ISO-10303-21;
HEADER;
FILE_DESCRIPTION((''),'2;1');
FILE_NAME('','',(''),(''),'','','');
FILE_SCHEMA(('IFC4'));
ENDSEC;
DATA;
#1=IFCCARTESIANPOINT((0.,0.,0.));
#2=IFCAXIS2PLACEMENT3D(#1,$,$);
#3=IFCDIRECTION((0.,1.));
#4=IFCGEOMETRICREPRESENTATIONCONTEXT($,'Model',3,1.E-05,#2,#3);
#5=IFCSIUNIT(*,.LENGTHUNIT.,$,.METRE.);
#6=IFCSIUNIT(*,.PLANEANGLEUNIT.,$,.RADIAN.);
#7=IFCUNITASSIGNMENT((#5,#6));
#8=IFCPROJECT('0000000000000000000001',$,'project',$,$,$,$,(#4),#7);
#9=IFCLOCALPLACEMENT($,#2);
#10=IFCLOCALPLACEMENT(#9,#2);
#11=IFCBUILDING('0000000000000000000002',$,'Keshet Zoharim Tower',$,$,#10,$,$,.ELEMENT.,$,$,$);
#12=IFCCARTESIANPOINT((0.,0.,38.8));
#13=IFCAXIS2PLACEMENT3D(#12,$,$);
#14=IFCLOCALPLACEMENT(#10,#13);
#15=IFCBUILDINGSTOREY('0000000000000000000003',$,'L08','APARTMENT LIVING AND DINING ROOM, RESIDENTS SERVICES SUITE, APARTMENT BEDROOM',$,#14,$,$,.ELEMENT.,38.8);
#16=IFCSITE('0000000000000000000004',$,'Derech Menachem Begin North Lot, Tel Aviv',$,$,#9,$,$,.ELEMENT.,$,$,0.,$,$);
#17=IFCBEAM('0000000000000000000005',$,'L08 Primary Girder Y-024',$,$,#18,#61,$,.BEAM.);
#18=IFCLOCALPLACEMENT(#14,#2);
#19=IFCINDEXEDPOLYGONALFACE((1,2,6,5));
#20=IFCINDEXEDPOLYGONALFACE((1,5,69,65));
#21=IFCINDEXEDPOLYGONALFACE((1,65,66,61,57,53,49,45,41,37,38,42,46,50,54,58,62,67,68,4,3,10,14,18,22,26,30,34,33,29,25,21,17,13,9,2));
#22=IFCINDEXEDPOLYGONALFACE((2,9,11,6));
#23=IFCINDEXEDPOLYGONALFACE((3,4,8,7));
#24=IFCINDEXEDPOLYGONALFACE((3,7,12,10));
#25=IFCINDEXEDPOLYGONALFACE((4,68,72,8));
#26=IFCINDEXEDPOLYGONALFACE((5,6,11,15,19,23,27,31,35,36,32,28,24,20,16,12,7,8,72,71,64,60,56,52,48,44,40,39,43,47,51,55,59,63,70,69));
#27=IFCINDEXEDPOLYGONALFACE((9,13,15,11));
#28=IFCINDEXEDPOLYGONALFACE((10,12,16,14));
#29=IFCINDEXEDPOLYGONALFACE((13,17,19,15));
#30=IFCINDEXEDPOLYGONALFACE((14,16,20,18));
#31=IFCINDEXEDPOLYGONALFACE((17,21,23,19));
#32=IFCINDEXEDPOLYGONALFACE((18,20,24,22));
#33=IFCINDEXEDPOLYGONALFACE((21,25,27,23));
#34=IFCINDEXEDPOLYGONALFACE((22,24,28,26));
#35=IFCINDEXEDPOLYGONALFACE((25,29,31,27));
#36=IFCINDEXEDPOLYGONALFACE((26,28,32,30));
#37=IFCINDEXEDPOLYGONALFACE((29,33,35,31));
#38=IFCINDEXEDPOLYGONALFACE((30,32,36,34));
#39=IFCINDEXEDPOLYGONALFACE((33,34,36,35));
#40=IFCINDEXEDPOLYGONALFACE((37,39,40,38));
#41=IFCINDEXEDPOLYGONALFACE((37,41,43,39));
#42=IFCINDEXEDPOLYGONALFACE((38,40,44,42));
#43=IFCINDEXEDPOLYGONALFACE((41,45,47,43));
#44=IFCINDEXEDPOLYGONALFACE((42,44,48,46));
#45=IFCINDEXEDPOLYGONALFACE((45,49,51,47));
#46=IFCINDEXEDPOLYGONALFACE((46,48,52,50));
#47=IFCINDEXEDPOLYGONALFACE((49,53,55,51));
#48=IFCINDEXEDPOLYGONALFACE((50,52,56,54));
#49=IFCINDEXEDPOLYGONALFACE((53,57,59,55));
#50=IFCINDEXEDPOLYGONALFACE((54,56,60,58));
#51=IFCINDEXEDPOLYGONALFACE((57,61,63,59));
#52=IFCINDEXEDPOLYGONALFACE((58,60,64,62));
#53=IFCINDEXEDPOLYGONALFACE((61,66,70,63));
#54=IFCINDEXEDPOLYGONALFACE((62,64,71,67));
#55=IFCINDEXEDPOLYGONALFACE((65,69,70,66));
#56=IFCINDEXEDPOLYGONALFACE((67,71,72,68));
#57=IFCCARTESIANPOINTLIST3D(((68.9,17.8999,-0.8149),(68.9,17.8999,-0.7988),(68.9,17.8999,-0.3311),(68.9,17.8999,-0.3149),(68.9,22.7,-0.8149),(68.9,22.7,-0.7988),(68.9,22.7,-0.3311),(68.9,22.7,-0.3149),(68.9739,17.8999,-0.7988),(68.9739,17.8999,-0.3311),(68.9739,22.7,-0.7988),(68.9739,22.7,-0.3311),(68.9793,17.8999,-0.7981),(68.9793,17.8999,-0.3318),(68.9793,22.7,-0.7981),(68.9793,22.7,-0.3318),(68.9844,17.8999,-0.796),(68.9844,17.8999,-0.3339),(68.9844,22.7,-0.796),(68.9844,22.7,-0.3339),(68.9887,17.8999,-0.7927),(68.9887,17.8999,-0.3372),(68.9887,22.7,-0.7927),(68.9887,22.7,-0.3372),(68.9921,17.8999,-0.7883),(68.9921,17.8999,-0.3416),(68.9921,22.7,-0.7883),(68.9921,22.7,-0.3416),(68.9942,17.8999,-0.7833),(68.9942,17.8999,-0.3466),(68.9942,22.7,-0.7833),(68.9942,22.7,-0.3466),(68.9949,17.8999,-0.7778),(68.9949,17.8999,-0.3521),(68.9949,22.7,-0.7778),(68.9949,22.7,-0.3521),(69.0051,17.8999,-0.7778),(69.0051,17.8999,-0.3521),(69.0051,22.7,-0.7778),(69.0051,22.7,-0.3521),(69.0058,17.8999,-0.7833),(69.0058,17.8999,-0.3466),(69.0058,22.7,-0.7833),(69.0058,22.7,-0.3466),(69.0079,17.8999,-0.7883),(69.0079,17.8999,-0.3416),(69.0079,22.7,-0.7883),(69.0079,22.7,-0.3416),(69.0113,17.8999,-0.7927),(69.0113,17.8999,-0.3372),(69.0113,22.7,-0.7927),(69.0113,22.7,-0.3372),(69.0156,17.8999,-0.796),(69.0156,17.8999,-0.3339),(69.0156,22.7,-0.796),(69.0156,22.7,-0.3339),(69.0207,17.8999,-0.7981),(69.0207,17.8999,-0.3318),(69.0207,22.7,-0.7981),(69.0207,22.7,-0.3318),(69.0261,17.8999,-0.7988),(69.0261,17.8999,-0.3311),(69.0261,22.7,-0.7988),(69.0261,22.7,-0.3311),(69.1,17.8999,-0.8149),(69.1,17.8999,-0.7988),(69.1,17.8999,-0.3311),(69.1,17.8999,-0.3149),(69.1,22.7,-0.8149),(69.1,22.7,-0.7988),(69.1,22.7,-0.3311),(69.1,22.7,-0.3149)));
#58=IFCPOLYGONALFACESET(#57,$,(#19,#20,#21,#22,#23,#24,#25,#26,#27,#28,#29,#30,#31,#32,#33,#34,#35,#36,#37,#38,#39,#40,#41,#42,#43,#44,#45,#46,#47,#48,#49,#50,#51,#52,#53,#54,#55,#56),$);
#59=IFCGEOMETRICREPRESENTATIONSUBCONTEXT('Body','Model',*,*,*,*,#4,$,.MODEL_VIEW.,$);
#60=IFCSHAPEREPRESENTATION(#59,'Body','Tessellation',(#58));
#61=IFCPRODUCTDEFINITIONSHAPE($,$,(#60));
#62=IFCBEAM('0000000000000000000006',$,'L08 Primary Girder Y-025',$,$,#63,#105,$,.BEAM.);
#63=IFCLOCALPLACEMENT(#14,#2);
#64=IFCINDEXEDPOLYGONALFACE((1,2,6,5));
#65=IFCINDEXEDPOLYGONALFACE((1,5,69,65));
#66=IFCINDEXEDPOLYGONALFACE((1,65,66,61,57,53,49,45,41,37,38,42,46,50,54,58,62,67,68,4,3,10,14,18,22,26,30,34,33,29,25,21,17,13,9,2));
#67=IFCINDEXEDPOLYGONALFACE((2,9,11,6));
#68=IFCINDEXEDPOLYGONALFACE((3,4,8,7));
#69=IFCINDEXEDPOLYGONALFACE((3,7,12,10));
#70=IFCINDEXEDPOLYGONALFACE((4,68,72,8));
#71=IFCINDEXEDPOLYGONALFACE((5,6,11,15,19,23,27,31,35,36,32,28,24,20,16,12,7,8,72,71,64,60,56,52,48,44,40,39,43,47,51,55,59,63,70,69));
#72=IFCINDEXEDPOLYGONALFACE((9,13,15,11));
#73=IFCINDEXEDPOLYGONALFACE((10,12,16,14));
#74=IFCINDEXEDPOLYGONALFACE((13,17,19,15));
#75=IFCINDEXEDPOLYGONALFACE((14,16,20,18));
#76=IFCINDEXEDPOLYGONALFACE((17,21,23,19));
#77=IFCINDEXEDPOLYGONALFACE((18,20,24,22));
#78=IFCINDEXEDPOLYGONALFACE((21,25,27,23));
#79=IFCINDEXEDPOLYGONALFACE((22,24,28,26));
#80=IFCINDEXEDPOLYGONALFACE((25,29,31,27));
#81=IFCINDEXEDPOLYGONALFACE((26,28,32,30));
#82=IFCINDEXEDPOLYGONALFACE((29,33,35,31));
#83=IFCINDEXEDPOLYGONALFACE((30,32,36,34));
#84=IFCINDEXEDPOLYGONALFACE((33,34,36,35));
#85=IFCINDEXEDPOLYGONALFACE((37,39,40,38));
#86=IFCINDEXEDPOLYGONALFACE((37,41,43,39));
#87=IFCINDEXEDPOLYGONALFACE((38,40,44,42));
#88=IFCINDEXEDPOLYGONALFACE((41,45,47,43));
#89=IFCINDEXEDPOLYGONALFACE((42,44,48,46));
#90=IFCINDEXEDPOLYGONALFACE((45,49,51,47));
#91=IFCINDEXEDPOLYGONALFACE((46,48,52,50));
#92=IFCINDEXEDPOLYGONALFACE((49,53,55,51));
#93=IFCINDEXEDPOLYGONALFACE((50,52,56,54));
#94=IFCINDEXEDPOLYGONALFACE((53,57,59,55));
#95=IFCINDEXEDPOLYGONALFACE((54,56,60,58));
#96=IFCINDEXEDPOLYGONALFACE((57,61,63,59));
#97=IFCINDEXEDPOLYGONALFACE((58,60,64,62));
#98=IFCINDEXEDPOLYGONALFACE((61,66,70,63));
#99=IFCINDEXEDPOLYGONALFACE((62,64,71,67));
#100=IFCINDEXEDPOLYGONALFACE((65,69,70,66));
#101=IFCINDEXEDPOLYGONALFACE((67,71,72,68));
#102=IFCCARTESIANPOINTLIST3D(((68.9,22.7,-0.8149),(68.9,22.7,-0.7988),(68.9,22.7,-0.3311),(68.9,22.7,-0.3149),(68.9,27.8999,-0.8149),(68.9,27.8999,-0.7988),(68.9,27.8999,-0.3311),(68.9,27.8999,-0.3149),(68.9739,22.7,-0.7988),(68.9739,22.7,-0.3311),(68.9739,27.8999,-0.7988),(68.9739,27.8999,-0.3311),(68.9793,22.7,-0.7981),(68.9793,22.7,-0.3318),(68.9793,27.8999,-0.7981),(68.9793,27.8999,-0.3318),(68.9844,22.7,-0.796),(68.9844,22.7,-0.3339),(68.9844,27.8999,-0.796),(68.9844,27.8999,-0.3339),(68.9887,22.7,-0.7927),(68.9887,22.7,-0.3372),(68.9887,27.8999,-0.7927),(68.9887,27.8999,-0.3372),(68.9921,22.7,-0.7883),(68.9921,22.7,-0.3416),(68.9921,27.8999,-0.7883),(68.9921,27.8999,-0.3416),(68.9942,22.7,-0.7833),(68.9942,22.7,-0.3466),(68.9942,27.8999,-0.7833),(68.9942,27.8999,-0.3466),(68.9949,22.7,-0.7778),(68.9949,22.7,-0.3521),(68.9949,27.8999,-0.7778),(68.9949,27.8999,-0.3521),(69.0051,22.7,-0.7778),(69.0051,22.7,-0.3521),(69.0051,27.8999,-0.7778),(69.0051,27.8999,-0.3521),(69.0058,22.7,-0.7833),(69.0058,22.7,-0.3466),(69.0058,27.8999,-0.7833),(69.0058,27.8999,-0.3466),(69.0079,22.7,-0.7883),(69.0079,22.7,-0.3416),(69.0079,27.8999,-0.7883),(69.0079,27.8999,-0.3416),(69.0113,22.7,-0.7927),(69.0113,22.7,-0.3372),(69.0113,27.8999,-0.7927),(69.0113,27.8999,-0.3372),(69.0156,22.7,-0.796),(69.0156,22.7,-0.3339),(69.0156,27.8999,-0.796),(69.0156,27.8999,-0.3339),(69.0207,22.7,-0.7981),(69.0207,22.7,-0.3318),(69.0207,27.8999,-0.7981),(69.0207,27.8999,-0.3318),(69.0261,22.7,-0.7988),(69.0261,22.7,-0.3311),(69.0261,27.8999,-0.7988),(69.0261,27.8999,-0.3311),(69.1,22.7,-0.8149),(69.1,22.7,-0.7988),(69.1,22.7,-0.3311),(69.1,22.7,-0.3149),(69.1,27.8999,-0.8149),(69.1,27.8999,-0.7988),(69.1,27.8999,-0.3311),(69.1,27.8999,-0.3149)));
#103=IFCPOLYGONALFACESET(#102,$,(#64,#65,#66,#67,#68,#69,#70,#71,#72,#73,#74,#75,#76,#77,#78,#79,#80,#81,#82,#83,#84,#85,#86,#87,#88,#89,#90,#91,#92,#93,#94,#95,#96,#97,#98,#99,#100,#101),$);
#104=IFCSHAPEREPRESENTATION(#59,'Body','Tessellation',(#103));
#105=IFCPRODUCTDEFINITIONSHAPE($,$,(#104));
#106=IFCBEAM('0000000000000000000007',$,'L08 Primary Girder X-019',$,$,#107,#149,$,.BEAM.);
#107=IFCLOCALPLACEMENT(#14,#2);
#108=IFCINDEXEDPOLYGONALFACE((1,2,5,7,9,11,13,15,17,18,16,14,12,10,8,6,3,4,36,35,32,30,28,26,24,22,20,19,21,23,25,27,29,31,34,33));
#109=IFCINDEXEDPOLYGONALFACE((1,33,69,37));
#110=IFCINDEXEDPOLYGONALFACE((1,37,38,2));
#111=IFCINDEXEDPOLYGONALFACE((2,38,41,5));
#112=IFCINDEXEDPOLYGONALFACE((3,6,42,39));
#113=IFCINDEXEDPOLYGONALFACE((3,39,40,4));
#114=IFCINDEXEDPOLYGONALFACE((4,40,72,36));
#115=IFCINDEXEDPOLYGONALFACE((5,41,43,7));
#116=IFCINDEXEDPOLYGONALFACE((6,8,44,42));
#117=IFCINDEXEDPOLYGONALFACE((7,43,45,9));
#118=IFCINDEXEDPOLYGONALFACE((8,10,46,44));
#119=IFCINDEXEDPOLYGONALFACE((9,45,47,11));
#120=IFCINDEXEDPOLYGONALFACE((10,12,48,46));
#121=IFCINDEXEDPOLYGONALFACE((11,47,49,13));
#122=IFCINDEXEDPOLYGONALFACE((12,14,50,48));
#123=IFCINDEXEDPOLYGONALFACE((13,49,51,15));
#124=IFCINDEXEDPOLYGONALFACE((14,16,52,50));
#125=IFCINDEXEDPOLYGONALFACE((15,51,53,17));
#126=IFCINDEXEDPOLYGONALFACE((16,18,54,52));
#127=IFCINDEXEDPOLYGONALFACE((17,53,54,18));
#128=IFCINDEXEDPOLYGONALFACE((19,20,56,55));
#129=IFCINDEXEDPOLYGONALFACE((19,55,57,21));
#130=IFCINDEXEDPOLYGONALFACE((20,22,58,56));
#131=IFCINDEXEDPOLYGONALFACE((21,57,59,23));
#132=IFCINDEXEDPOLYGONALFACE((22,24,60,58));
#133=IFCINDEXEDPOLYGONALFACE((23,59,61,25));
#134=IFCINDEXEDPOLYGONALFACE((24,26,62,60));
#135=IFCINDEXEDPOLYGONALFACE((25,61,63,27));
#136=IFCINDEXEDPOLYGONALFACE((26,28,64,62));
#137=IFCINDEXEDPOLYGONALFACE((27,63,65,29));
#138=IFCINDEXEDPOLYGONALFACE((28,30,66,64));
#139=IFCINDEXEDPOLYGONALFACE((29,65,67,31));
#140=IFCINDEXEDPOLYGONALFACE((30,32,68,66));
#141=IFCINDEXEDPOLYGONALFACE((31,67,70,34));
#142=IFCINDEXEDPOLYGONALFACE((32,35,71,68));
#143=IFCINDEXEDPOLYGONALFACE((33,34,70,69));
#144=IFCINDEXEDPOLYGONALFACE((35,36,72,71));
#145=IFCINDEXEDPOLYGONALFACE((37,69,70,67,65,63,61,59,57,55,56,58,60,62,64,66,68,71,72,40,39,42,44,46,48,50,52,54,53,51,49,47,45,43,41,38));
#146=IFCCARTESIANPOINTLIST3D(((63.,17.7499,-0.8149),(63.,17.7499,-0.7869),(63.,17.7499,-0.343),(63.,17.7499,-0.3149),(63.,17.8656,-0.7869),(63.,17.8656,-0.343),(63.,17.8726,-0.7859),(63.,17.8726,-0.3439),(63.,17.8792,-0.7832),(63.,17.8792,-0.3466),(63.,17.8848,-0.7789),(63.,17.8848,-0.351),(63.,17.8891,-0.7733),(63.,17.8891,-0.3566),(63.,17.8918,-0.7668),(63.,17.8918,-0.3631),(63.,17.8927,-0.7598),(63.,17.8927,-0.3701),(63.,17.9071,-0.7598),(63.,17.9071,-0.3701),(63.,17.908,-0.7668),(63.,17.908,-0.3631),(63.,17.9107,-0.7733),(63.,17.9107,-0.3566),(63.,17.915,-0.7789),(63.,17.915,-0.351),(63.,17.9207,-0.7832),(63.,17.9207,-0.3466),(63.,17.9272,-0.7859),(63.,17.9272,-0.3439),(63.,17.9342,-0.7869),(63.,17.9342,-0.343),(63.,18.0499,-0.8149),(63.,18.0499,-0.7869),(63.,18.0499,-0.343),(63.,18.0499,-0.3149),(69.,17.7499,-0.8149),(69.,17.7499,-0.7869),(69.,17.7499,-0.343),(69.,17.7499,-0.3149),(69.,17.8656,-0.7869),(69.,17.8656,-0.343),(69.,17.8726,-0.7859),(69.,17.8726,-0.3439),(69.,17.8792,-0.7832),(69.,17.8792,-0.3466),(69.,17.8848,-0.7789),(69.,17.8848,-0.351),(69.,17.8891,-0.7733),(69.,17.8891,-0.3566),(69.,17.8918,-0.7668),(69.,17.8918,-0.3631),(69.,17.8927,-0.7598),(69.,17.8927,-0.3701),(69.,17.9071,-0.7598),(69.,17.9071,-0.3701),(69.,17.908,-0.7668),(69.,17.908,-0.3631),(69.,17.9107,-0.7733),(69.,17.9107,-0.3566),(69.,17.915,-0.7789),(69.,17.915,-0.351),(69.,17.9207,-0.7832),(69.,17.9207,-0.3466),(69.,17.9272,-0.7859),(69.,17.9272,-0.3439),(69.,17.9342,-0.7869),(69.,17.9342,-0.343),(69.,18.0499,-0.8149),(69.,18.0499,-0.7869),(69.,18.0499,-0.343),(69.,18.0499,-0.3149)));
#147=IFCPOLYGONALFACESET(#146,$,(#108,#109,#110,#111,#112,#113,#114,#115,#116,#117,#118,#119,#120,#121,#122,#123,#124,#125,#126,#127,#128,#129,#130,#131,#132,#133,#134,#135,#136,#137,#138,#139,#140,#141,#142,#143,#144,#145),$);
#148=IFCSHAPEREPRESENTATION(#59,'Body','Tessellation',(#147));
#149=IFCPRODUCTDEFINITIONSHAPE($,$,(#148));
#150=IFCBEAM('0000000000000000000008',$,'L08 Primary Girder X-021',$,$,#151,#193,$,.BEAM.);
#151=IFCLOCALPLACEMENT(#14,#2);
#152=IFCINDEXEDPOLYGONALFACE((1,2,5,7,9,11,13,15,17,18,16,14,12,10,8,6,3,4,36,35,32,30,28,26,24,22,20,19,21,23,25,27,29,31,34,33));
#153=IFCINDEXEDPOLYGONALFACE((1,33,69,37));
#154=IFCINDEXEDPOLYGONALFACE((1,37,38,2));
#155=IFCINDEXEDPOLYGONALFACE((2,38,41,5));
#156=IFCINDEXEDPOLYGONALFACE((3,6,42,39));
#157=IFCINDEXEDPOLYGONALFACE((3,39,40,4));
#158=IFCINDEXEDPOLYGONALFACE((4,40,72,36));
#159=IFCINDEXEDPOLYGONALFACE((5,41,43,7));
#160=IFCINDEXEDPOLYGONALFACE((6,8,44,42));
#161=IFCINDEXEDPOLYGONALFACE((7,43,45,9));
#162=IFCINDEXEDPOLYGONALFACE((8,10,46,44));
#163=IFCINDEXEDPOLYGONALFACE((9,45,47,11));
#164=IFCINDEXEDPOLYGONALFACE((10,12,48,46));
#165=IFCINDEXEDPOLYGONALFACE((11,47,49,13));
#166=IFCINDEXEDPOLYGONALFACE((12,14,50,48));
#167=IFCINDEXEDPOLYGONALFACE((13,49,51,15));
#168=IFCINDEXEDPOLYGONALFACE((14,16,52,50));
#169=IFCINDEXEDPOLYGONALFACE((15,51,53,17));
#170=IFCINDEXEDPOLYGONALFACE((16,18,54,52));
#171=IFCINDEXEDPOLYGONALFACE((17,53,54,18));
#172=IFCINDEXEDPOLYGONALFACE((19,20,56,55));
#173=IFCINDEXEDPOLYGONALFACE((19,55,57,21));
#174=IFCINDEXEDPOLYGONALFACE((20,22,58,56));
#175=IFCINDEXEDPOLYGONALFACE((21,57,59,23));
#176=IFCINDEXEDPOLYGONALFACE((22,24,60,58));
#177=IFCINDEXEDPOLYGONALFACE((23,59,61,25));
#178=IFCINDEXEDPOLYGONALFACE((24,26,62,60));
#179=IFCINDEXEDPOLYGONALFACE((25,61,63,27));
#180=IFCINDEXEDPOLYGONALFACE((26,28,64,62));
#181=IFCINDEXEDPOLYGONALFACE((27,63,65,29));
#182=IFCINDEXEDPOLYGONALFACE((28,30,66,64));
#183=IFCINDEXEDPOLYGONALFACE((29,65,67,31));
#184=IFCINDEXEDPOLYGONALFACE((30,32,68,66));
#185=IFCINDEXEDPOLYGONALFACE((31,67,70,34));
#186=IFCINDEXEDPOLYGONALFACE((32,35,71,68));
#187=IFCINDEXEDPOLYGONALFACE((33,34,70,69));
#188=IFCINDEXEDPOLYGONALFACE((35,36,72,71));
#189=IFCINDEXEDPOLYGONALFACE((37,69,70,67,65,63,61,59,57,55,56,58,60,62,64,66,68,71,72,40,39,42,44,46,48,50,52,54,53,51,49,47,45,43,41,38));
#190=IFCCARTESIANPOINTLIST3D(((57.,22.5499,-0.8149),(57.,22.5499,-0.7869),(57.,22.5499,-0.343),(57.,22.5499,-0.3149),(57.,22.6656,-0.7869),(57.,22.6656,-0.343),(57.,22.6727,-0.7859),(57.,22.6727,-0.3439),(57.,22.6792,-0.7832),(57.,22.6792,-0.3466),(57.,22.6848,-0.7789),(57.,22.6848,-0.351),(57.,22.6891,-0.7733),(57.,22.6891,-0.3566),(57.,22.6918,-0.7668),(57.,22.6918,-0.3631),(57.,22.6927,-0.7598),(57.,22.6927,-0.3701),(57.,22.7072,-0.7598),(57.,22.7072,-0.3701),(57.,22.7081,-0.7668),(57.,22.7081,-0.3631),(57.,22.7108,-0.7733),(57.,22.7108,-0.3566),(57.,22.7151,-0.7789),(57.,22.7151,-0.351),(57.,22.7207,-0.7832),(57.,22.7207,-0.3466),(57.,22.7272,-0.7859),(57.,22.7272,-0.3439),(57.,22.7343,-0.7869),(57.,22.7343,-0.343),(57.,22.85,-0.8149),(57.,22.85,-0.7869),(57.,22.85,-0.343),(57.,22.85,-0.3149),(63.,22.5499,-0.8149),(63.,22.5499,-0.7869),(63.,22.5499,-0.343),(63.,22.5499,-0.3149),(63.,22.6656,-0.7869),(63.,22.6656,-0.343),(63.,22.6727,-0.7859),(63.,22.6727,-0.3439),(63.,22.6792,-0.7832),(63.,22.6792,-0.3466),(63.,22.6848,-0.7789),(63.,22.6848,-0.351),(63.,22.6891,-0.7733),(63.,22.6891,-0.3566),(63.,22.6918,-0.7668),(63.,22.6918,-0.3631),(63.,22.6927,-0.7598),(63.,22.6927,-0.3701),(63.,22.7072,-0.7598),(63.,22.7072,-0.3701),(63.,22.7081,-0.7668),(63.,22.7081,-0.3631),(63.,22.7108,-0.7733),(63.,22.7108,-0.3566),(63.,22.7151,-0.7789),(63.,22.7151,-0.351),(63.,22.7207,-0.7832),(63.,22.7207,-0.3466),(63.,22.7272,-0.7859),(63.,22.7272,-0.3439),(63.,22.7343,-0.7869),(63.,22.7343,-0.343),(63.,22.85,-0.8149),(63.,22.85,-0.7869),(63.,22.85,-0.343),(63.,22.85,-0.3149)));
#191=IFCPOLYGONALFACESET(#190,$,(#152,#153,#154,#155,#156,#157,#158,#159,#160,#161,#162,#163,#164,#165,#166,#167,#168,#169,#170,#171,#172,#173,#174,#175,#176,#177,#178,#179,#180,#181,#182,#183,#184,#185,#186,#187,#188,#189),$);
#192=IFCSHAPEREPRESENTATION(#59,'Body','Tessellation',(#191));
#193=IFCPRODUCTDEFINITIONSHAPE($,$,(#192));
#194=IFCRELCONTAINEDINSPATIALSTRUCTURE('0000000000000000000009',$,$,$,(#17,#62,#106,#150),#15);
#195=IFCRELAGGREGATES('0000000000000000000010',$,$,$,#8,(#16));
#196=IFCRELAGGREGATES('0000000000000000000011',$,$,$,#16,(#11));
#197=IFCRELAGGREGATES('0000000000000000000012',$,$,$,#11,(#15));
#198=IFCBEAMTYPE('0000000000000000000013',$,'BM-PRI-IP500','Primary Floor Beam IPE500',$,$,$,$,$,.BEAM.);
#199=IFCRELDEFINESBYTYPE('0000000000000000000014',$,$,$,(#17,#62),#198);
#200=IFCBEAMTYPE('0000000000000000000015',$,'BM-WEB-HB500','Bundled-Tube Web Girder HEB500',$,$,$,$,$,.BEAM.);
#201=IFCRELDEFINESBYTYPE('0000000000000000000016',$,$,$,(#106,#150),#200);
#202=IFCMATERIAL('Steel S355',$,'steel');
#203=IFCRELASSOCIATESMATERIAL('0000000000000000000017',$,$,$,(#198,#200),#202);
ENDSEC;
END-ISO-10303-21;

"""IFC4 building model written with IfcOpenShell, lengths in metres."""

from ifc_helpers import new_model, si_unit, direction, frame, origin, origin_2d, place, context, subcontext, project, spatial, i_section, extrude, material, material_profile, profile_set, type_object, element, save


model = new_model("IFC4")

# Units and contexts
model_context = context("Model", 3, precision=1e-05, world=origin(), true_north=direction((0.0, 1.0)))
body_context = subcontext(model_context, "Body", "Model", "MODEL_VIEW")
ifc_project = project(units=[si_unit("LENGTHUNIT", "METRE"), si_unit("PLANEANGLEUNIT", "RADIAN")], contexts=[model_context])

# Site, building, storey
site_placement = place(None, origin())
site = spatial("IfcSite", under=ifc_project, at=site_placement, Name="Derech Menachem Begin North Lot, Tel Aviv", CompositionType="ELEMENT", RefElevation=0.0)
building_placement = place(site_placement, origin())
building = spatial("IfcBuilding", under=site, at=building_placement, Name="Keshet Zoharim Tower", CompositionType="ELEMENT")
storey_placement = place(building_placement, frame((0.0, 0.0, 38.8)))
storey = spatial("IfcBuildingStorey", under=building, at=storey_placement, Name="L08", Description="APARTMENT LIVING AND DINING ROOM, RESIDENTS SERVICES SUITE, APARTMENT BEDROOM", CompositionType="ELEMENT", Elevation=38.8)

# Shared definitions
ifc_material_1 = material(Name="Steel S355", Category="steel")

# Beams
ifc_material_profile_1 = material_profile(ifc_material_1, i_section(OverallWidth=0.2, OverallDepth=0.5, WebThickness=0.0103, FlangeThickness=0.0161, FilletRadius=0.021, at=origin_2d()), Name="IPE500")
ifc_profile_set_1 = profile_set([ifc_material_profile_1], Name="Steel S355")
beam_type_1 = type_object("IfcBeamType", Name="BM-PRI-IP500", Description="Primary Floor Beam IPE500", PredefinedType="BEAM", material=ifc_profile_set_1)
for number, where, z_axis, x_axis, name in (
    (1, (69.0, 17.8999, -0.5649), (0.0, 1.0, 0.0), (-1.0, 0.0, 0.0), "L08 Primary Girder Y-024"),
):
    element("IfcBeam", number, at=place(storey_placement, frame(where, z_axis=z_axis, x_axis=x_axis)), inside=storey, type_object=beam_type_1, Name=name, PredefinedType="BEAM", context=body_context, shape_type="SweptSolid", body=[
        extrude(i_section(OverallWidth=0.2, OverallDepth=0.5, WebThickness=0.0103, FlangeThickness=0.0161, FilletRadius=0.021, at=origin_2d()), origin(), (0.0, 0.0, 1.0), 4.8),
    ])
beam_1_placement = place(storey_placement, frame((69.0, 22.7, -0.5649), z_axis=(0.0, 1.0, 0.0), x_axis=(-1.0, 0.0, 0.0)))
element("IfcBeam", 2, at=beam_1_placement, inside=storey, type_object=beam_type_1, Name="L08 Primary Girder Y-025", PredefinedType="BEAM", context=body_context, shape_type="SweptSolid", body=[
    extrude(i_section(OverallWidth=0.2, OverallDepth=0.5, WebThickness=0.0103, FlangeThickness=0.0161, FilletRadius=0.021, at=origin_2d()), origin(), (0.0, 0.0, 1.0), 5.2),
])
ifc_material_profile_2 = material_profile(ifc_material_1, i_section(OverallWidth=0.3, OverallDepth=0.5, WebThickness=0.0144, FlangeThickness=0.0281, FilletRadius=0.0271, at=origin_2d()), Name="HEB500")
ifc_profile_set_2 = profile_set([ifc_material_profile_2], Name="Steel S355")
beam_type_2 = type_object("IfcBeamType", Name="BM-WEB-HB500", Description="Bundled-Tube Web Girder HEB500", PredefinedType="BEAM", material=ifc_profile_set_2)
for number, where, z_axis, x_axis, name in (
    (3, (63.0, 17.8999, -0.5649), (1.0, 0.0, 0.0), (0.0, 1.0, 0.0), "L08 Primary Girder X-019"),
    (4, (57.0, 22.7, -0.5649), (1.0, 0.0, 0.0), (0.0, 1.0, 0.0), "L08 Primary Girder X-021"),
):
    element("IfcBeam", number, at=place(storey_placement, frame(where, z_axis=z_axis, x_axis=x_axis)), inside=storey, type_object=beam_type_2, Name=name, PredefinedType="BEAM", context=body_context, shape_type="SweptSolid", body=[
        extrude(i_section(OverallWidth=0.3, OverallDepth=0.5, WebThickness=0.0144, FlangeThickness=0.0281, FilletRadius=0.0271, at=origin_2d()), origin(), (0.0, 0.0, 1.0), 6.0),
    ])

save(model, "model.ifc")
